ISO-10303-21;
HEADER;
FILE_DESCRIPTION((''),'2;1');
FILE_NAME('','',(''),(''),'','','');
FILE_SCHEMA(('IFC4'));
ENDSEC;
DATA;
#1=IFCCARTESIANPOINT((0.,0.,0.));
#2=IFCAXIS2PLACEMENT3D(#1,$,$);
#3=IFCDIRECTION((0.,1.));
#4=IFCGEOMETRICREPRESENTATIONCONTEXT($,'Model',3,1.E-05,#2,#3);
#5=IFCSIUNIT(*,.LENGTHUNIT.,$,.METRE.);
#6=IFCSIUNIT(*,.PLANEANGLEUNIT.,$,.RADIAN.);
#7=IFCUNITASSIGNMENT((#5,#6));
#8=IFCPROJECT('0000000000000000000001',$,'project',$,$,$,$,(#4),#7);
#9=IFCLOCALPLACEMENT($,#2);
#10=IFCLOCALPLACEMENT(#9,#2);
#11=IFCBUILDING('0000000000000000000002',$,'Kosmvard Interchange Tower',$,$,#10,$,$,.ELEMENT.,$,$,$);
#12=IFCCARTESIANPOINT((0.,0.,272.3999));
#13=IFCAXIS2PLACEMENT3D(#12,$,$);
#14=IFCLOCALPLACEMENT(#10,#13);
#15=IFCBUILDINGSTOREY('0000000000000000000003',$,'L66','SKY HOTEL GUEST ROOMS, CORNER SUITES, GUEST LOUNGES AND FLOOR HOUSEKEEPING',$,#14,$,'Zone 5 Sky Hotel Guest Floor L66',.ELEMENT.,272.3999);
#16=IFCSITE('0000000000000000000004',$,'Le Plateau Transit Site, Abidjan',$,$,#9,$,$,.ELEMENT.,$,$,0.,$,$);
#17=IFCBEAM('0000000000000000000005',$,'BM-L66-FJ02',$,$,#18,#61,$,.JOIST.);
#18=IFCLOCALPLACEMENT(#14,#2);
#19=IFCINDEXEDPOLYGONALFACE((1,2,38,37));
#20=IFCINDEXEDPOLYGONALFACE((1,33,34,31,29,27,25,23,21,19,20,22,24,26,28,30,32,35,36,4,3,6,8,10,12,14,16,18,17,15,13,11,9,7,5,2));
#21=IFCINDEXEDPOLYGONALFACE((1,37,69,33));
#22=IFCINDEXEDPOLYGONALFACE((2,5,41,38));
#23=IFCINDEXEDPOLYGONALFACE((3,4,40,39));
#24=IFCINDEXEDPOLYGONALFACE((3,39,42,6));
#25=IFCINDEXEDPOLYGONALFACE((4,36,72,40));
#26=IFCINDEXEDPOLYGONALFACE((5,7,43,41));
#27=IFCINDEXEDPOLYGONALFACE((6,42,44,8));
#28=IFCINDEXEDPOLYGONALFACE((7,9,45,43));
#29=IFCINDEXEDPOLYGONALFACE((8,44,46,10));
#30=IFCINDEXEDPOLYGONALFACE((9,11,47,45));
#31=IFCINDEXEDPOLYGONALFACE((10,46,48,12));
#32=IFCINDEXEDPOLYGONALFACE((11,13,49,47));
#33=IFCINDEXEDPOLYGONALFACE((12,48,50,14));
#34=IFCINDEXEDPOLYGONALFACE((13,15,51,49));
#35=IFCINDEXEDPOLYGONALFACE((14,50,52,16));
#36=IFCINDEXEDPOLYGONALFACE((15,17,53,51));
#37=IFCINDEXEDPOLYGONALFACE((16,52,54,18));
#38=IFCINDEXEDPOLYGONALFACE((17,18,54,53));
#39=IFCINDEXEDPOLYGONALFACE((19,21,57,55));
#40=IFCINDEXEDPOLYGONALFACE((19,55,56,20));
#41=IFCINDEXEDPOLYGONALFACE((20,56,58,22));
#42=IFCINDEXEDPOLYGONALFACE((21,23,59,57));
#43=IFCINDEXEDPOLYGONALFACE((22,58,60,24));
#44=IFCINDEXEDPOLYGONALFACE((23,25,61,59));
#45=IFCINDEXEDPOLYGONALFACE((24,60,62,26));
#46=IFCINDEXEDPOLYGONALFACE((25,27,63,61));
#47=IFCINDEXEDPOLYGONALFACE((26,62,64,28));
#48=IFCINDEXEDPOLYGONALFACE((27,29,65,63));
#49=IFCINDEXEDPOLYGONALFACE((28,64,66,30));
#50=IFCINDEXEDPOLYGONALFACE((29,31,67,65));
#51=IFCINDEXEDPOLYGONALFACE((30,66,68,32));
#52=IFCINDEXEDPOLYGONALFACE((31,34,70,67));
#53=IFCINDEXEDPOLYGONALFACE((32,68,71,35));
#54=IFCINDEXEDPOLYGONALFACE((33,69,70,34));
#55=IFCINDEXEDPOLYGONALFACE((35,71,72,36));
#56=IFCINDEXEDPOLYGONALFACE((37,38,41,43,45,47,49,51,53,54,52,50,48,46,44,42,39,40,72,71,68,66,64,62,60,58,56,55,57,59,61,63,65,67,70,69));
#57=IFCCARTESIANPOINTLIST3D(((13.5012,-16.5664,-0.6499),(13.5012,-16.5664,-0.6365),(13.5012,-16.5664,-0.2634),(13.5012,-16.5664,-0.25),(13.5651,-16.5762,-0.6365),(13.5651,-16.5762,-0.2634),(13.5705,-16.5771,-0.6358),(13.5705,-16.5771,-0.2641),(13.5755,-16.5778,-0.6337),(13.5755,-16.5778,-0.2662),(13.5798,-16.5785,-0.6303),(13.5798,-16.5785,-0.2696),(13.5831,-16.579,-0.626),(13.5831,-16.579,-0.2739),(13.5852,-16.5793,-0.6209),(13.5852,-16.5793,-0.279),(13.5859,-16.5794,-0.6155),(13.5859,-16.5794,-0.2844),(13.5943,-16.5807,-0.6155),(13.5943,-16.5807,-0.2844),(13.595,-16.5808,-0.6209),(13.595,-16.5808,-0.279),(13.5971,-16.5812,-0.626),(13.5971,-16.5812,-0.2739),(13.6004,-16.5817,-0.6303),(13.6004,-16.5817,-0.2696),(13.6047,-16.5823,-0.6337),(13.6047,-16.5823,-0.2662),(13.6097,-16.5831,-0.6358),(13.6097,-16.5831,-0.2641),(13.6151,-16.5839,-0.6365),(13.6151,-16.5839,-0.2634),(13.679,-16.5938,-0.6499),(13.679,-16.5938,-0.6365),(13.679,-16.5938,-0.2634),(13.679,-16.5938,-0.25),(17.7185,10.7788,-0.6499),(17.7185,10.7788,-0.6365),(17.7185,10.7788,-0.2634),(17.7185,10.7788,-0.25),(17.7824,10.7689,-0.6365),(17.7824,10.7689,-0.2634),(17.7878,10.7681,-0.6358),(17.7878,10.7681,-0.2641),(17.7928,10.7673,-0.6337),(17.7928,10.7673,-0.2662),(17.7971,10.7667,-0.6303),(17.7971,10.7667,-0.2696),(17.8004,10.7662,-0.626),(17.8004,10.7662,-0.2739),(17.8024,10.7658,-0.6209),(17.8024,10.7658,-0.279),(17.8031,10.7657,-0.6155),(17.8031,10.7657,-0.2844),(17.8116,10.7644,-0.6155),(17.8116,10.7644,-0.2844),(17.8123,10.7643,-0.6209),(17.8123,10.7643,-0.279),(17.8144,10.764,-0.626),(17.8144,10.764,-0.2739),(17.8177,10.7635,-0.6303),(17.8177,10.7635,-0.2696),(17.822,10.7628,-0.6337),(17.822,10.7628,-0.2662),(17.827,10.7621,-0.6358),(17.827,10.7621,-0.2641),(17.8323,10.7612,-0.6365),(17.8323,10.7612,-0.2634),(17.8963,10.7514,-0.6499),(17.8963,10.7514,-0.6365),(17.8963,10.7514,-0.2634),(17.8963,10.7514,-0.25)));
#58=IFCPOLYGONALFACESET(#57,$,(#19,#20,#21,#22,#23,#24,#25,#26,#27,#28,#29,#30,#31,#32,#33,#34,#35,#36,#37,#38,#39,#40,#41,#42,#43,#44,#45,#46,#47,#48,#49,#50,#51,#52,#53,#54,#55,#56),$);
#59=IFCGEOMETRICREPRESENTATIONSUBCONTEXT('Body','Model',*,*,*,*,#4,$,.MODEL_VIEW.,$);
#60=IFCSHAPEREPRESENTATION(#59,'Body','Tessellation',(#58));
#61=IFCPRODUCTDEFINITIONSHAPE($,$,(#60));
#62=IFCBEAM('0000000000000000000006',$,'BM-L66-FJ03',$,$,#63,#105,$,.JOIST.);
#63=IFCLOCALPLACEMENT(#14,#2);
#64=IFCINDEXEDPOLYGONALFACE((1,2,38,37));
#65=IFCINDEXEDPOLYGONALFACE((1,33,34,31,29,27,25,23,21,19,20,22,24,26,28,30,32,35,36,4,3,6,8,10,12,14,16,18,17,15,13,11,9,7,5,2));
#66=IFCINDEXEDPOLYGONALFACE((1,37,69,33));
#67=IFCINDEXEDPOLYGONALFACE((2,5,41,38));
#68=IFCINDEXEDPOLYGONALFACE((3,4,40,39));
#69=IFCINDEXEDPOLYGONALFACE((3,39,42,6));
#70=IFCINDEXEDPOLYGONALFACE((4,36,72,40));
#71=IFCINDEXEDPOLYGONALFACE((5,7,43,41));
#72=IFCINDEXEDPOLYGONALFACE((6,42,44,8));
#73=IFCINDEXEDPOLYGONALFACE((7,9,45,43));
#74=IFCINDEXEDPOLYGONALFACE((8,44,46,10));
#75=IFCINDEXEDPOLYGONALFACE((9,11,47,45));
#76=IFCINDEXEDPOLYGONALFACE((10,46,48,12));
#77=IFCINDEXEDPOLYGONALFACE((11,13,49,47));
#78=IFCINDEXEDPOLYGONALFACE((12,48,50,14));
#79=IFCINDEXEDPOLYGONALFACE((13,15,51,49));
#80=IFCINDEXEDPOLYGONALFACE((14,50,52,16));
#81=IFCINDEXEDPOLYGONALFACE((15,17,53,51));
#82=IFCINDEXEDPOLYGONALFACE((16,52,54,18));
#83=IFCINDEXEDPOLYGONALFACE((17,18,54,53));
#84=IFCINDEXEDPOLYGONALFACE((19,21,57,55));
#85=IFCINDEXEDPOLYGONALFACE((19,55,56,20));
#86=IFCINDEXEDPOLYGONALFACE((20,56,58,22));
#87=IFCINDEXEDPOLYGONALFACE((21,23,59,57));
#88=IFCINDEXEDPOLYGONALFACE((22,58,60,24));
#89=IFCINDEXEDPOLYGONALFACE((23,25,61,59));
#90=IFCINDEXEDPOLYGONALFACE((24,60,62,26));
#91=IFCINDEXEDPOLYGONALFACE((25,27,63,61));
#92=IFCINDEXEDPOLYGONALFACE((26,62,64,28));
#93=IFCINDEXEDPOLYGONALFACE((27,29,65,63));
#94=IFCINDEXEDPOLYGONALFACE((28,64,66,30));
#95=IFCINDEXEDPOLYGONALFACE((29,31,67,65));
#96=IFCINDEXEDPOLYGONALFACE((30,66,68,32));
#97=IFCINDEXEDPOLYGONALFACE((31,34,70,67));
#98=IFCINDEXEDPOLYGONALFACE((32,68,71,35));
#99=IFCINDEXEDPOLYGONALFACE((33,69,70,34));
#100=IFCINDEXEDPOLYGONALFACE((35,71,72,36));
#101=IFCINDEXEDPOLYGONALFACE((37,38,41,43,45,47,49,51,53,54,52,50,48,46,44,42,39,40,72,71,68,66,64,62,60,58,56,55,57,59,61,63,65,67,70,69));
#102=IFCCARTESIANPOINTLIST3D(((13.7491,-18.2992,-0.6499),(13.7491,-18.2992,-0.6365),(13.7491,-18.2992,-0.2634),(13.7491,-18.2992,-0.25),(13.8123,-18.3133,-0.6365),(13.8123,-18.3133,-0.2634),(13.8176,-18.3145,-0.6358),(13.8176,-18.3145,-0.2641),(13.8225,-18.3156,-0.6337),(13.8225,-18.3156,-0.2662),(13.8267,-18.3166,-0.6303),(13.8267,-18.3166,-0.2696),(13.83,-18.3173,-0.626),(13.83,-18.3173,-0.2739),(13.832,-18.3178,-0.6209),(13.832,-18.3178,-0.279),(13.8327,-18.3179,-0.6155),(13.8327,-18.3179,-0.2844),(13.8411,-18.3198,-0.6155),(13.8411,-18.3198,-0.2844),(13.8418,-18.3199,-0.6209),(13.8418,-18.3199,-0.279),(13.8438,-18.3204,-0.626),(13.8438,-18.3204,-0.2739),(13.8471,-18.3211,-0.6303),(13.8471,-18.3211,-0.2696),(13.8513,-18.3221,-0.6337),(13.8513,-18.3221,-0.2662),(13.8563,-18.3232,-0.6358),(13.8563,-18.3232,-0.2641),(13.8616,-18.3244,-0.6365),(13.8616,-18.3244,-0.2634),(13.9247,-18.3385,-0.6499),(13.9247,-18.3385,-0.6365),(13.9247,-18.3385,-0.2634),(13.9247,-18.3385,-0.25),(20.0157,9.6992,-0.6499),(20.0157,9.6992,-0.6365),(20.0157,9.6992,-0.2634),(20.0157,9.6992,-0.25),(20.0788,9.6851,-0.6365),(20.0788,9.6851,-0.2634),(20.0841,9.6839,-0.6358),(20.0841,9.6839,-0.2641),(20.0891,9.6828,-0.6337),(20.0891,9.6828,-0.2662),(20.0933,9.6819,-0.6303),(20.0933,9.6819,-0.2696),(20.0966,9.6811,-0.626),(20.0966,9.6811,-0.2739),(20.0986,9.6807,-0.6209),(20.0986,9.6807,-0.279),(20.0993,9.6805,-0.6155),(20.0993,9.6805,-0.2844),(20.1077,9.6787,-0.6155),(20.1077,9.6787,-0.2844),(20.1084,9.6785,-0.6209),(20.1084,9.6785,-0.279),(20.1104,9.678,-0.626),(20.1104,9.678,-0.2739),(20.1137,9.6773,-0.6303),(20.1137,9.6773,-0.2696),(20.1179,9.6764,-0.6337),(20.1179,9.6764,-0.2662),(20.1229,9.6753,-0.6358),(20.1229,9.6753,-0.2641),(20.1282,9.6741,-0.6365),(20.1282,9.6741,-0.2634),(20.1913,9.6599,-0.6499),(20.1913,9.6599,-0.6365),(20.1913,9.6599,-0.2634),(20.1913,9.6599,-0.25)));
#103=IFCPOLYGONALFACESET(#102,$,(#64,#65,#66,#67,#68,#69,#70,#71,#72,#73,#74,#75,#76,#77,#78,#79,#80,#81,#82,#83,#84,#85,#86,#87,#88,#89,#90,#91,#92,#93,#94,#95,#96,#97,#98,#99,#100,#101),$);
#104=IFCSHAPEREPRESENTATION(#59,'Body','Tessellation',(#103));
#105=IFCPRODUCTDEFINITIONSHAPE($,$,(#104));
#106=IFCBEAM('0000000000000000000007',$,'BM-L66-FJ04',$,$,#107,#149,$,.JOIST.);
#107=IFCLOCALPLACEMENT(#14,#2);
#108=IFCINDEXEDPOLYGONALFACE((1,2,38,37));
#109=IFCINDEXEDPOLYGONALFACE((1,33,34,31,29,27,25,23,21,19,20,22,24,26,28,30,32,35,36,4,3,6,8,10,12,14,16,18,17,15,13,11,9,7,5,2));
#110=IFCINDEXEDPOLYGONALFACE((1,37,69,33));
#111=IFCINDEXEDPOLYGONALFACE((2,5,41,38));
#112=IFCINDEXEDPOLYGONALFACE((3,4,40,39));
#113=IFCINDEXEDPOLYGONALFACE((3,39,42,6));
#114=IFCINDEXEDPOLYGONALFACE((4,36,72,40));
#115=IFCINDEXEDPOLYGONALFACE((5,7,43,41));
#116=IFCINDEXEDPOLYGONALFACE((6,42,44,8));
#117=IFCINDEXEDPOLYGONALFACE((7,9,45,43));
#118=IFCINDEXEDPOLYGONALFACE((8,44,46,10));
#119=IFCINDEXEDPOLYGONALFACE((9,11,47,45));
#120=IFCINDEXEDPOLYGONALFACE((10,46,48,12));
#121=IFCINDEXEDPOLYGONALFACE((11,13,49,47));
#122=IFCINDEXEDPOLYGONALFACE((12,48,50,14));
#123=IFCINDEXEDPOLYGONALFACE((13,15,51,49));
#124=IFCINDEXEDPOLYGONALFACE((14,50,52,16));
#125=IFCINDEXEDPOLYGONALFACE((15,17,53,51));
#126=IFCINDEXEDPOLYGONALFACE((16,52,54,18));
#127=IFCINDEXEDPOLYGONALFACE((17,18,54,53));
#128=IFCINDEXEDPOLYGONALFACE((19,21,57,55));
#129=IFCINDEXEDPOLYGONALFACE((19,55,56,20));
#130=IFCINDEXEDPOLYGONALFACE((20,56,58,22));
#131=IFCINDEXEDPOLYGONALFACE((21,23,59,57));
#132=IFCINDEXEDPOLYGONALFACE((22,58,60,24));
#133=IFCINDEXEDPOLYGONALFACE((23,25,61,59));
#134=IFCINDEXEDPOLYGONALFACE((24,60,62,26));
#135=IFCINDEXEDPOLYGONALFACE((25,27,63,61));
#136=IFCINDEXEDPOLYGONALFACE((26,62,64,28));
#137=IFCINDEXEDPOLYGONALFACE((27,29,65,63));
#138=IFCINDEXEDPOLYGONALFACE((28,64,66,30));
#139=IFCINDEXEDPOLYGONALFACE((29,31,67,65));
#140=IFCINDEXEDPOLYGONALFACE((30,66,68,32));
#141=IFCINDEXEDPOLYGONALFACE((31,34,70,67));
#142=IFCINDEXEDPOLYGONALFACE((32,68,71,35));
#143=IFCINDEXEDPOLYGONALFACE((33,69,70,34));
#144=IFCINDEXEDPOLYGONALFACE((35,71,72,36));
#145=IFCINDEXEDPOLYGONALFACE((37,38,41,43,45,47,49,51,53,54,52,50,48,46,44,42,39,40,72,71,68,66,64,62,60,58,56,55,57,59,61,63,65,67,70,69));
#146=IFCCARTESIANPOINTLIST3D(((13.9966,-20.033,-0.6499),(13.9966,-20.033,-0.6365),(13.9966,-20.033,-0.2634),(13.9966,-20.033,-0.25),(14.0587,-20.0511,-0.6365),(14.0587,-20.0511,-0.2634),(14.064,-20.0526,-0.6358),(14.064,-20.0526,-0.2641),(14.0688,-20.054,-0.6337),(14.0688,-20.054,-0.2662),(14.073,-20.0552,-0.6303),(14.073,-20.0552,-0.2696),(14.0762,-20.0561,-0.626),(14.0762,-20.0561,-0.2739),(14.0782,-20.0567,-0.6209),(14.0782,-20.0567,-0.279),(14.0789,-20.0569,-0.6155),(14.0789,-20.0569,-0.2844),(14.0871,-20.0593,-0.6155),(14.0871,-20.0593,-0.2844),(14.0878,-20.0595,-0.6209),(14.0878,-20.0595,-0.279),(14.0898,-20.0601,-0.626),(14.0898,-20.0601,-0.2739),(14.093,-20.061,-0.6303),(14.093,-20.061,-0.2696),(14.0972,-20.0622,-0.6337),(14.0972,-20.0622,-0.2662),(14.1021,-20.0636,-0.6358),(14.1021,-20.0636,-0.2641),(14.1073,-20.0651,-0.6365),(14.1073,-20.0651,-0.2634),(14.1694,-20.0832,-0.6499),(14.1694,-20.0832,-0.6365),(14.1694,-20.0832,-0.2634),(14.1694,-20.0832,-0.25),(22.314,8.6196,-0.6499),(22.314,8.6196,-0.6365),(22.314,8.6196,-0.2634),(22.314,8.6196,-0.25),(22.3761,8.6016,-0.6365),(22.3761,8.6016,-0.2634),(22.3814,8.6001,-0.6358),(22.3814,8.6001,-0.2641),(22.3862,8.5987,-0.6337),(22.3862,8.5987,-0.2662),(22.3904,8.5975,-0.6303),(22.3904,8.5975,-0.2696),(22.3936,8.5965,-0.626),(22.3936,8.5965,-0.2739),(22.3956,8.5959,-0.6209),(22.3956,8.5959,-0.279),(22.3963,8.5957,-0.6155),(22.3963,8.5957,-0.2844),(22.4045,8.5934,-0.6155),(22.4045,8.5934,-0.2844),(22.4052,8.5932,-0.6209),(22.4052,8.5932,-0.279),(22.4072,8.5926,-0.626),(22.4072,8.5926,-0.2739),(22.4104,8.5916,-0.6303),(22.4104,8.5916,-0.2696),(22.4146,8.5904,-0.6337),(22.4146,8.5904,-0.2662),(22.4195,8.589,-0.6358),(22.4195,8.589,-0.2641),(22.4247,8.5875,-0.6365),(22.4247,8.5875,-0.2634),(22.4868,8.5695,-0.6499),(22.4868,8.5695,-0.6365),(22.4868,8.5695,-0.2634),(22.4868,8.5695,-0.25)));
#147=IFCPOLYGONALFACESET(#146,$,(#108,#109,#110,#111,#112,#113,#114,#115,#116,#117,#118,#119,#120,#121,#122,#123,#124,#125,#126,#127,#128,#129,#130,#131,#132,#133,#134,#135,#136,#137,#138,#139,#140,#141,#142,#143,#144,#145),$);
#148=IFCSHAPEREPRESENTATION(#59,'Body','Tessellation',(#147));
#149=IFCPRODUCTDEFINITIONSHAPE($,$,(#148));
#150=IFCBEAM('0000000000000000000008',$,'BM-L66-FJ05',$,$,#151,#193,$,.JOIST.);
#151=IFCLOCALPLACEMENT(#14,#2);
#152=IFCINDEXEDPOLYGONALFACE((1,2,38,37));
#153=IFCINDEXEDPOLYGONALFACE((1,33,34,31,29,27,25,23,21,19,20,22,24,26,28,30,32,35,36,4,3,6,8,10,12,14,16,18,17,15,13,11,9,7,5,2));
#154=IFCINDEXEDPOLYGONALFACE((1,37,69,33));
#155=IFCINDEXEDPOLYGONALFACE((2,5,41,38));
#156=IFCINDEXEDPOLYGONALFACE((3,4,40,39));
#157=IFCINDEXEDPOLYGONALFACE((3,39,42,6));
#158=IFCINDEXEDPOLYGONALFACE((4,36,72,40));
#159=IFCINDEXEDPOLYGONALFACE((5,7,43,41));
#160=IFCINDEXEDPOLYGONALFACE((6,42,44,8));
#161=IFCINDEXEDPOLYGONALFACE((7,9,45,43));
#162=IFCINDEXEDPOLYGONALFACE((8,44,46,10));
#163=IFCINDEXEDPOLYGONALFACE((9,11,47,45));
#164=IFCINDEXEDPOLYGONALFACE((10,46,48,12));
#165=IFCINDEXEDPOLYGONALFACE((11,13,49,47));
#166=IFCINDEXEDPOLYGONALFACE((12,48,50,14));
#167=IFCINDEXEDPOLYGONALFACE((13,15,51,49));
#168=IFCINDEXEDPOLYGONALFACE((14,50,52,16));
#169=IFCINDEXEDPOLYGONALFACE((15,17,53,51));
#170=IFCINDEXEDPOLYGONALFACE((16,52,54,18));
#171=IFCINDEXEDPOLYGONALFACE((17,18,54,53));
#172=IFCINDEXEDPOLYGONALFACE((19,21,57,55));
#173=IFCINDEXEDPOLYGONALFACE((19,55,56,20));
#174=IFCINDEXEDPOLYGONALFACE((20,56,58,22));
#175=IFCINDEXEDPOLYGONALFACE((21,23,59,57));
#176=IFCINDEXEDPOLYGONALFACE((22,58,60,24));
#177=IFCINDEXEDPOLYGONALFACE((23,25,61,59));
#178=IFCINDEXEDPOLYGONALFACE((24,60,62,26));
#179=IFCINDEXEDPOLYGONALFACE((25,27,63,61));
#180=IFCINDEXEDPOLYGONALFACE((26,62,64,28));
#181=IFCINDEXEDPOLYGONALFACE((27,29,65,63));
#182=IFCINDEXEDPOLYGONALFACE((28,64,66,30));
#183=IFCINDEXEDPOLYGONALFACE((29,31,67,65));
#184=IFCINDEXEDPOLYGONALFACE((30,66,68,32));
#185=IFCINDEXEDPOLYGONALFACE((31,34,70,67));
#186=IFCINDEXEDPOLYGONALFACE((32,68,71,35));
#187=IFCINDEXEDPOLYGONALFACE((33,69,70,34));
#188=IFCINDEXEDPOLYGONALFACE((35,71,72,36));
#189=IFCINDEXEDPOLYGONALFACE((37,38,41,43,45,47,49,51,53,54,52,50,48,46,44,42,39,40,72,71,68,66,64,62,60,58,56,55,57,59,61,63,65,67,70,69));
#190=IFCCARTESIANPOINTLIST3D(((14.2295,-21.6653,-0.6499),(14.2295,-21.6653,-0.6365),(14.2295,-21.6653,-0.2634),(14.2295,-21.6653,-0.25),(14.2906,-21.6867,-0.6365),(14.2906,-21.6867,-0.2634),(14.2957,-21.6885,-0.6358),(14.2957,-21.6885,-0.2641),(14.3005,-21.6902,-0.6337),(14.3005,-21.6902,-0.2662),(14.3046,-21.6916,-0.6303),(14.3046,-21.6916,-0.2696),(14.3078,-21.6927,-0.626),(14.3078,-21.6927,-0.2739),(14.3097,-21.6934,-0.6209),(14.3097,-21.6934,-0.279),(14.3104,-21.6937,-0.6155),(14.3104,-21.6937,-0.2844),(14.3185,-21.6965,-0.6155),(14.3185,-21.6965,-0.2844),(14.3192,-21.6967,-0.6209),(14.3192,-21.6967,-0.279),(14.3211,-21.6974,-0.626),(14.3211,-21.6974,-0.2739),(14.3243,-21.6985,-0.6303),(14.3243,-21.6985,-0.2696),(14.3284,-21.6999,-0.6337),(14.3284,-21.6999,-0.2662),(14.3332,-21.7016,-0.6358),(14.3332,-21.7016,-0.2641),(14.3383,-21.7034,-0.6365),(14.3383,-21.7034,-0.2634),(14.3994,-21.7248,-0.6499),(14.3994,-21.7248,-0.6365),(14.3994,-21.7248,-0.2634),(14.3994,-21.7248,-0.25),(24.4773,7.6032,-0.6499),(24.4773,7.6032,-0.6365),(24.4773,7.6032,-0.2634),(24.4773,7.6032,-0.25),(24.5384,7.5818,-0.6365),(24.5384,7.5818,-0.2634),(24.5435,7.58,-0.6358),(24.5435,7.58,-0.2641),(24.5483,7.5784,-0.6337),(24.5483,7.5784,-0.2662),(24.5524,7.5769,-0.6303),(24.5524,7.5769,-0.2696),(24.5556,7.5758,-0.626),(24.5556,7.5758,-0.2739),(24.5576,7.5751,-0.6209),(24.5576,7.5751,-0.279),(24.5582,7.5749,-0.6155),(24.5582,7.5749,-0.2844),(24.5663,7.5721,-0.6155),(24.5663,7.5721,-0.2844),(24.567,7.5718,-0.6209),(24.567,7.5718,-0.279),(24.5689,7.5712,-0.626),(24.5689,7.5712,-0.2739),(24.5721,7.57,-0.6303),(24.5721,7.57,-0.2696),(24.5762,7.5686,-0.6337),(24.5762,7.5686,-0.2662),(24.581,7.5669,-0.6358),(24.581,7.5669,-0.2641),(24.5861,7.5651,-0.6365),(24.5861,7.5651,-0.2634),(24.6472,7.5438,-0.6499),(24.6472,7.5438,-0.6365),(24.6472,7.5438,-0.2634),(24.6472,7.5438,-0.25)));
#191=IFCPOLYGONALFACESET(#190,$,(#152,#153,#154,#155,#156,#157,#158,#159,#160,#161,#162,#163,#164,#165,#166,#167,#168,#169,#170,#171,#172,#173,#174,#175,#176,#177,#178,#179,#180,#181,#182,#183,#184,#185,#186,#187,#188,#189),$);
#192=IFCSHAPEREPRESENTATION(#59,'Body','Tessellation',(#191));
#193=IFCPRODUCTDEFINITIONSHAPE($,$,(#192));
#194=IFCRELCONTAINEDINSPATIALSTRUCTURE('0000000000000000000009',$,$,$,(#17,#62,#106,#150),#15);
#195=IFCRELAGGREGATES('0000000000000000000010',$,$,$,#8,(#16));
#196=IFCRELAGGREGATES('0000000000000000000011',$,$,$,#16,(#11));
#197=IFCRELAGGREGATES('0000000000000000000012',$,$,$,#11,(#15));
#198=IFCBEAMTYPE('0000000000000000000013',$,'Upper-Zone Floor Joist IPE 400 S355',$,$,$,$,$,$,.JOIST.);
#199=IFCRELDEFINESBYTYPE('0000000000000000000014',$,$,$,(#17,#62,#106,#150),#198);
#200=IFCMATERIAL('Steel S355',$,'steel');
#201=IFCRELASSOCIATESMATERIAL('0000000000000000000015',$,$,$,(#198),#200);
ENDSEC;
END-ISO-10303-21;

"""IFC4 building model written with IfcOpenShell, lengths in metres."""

from ifc_helpers import new_model, si_unit, direction, frame, origin, origin_2d, place, context, subcontext, project, spatial, i_section, extrude, source, transform, mapped, material, material_profile, profile_set, type_object, element, save


model = new_model("IFC4")

# Units and contexts
model_context = context("Model", 3, precision=1e-05, world=origin(), true_north=direction((0.0, 1.0)))
body_context = subcontext(model_context, "Body", "Model", "MODEL_VIEW")
ifc_project = project(units=[si_unit("LENGTHUNIT", "METRE"), si_unit("PLANEANGLEUNIT", "RADIAN")], contexts=[model_context])

# Site, building, storey
site_placement = place(None, origin())
site = spatial("IfcSite", under=ifc_project, at=site_placement, Name="Le Plateau Transit Site, Abidjan", CompositionType="ELEMENT", RefElevation=0.0)
building_placement = place(site_placement, origin())
building = spatial("IfcBuilding", under=site, at=building_placement, Name="Kosmvard Interchange Tower", CompositionType="ELEMENT")
storey_placement = place(building_placement, frame((0.0, 0.0, 272.3999)))
storey = spatial("IfcBuildingStorey", under=building, at=storey_placement, Name="L66", Description="SKY HOTEL GUEST ROOMS, CORNER SUITES, GUEST LOUNGES AND FLOOR HOUSEKEEPING", LongName="Zone 5 Sky Hotel Guest Floor L66", CompositionType="ELEMENT", Elevation=272.3999)

# Beams
ifc_material_1 = material(Name="Steel S355", Category="steel")
ifc_material_profile_1 = material_profile(ifc_material_1, i_section(OverallWidth=0.1799, OverallDepth=0.3999, WebThickness=0.0085, FlangeThickness=0.0134, FilletRadius=0.021, at=origin_2d()), Name="IPE 400")
ifc_profile_set_1 = profile_set([ifc_material_profile_1], Name="Steel S355")
beam_type_1 = type_object("IfcBeamType", Name="Upper-Zone Floor Joist IPE 400 S355", PredefinedType="JOIST", material=ifc_profile_set_1)
shared_shape_1 = source(origin(), body_context, "Body", "SweptSolid", [
    extrude(i_section(OverallWidth=0.1799, OverallDepth=0.3999, WebThickness=0.0085, FlangeThickness=0.0134, FilletRadius=0.021, at=origin_2d()), origin(), (0.0, 0.0, 1.0), 27.6685),
])
beam_1_placement = place(storey_placement, frame((13.5901, -16.5801, -0.45), z_axis=(0.152422, 0.988316, 0.0), x_axis=(-0.988316, 0.152422, 0.0)))
element("IfcBeam", 1, at=beam_1_placement, inside=storey, type_object=beam_type_1, Name="BM-L66-FJ02", PredefinedType="JOIST", context=body_context, shape_type="MappedRepresentation", body=[
    mapped(shared_shape_1, transform((0.0, 0.0, 0.0), scale=1.0)),
])
shared_shape_2 = source(origin(), body_context, "Body", "SweptSolid", [
    extrude(i_section(OverallWidth=0.1799, OverallDepth=0.3999, WebThickness=0.0085, FlangeThickness=0.0134, FilletRadius=0.021, at=origin_2d()), origin(), (0.0, 0.0, 1.0), 28.6912),
])
beam_2_placement = place(storey_placement, frame((13.8369, -18.3188, -0.45), z_axis=(0.218415, 0.975856, 0.0), x_axis=(-0.975856, 0.218415, 0.0)))
element("IfcBeam", 2, at=beam_2_placement, inside=storey, type_object=beam_type_1, Name="BM-L66-FJ03", PredefinedType="JOIST", context=body_context, shape_type="MappedRepresentation", body=[
    mapped(shared_shape_2, transform((0.0, 0.0, 0.0), scale=1.0)),
])
shared_shape_3 = source(origin(), body_context, "Body", "SweptSolid", [
    extrude(i_section(OverallWidth=0.1799, OverallDepth=0.3999, WebThickness=0.0085, FlangeThickness=0.0134, FilletRadius=0.021, at=origin_2d()), origin(), (0.0, 0.0, 1.0), 29.8354),
])
beam_3_placement = place(storey_placement, frame((14.083, -20.0581, -0.45), z_axis=(0.278776, 0.960356, 0.0), x_axis=(-0.960356, 0.278776, 0.0)))
element("IfcBeam", 3, at=beam_3_placement, inside=storey, type_object=beam_type_1, Name="BM-L66-FJ04", PredefinedType="JOIST", context=body_context, shape_type="MappedRepresentation", body=[
    mapped(shared_shape_3, transform((0.0, 0.0, 0.0), scale=1.0)),
])
shared_shape_4 = source(origin(), body_context, "Body", "SweptSolid", [
    extrude(i_section(OverallWidth=0.1799, OverallDepth=0.3999, WebThickness=0.0085, FlangeThickness=0.0134, FilletRadius=0.021, at=origin_2d()), origin(), (0.0, 0.0, 1.0), 31.0107),
])
beam_4_placement = place(storey_placement, frame((14.3145, -21.6951, -0.45), z_axis=(0.33046, 0.94382, 0.0), x_axis=(-0.94382, 0.33046, 0.0)))
element("IfcBeam", 4, at=beam_4_placement, inside=storey, type_object=beam_type_1, Name="BM-L66-FJ05", PredefinedType="JOIST", context=body_context, shape_type="MappedRepresentation", body=[
    mapped(shared_shape_4, transform((0.0, 0.0, 0.0), scale=1.0)),
])

save(model, "model.ifc")
